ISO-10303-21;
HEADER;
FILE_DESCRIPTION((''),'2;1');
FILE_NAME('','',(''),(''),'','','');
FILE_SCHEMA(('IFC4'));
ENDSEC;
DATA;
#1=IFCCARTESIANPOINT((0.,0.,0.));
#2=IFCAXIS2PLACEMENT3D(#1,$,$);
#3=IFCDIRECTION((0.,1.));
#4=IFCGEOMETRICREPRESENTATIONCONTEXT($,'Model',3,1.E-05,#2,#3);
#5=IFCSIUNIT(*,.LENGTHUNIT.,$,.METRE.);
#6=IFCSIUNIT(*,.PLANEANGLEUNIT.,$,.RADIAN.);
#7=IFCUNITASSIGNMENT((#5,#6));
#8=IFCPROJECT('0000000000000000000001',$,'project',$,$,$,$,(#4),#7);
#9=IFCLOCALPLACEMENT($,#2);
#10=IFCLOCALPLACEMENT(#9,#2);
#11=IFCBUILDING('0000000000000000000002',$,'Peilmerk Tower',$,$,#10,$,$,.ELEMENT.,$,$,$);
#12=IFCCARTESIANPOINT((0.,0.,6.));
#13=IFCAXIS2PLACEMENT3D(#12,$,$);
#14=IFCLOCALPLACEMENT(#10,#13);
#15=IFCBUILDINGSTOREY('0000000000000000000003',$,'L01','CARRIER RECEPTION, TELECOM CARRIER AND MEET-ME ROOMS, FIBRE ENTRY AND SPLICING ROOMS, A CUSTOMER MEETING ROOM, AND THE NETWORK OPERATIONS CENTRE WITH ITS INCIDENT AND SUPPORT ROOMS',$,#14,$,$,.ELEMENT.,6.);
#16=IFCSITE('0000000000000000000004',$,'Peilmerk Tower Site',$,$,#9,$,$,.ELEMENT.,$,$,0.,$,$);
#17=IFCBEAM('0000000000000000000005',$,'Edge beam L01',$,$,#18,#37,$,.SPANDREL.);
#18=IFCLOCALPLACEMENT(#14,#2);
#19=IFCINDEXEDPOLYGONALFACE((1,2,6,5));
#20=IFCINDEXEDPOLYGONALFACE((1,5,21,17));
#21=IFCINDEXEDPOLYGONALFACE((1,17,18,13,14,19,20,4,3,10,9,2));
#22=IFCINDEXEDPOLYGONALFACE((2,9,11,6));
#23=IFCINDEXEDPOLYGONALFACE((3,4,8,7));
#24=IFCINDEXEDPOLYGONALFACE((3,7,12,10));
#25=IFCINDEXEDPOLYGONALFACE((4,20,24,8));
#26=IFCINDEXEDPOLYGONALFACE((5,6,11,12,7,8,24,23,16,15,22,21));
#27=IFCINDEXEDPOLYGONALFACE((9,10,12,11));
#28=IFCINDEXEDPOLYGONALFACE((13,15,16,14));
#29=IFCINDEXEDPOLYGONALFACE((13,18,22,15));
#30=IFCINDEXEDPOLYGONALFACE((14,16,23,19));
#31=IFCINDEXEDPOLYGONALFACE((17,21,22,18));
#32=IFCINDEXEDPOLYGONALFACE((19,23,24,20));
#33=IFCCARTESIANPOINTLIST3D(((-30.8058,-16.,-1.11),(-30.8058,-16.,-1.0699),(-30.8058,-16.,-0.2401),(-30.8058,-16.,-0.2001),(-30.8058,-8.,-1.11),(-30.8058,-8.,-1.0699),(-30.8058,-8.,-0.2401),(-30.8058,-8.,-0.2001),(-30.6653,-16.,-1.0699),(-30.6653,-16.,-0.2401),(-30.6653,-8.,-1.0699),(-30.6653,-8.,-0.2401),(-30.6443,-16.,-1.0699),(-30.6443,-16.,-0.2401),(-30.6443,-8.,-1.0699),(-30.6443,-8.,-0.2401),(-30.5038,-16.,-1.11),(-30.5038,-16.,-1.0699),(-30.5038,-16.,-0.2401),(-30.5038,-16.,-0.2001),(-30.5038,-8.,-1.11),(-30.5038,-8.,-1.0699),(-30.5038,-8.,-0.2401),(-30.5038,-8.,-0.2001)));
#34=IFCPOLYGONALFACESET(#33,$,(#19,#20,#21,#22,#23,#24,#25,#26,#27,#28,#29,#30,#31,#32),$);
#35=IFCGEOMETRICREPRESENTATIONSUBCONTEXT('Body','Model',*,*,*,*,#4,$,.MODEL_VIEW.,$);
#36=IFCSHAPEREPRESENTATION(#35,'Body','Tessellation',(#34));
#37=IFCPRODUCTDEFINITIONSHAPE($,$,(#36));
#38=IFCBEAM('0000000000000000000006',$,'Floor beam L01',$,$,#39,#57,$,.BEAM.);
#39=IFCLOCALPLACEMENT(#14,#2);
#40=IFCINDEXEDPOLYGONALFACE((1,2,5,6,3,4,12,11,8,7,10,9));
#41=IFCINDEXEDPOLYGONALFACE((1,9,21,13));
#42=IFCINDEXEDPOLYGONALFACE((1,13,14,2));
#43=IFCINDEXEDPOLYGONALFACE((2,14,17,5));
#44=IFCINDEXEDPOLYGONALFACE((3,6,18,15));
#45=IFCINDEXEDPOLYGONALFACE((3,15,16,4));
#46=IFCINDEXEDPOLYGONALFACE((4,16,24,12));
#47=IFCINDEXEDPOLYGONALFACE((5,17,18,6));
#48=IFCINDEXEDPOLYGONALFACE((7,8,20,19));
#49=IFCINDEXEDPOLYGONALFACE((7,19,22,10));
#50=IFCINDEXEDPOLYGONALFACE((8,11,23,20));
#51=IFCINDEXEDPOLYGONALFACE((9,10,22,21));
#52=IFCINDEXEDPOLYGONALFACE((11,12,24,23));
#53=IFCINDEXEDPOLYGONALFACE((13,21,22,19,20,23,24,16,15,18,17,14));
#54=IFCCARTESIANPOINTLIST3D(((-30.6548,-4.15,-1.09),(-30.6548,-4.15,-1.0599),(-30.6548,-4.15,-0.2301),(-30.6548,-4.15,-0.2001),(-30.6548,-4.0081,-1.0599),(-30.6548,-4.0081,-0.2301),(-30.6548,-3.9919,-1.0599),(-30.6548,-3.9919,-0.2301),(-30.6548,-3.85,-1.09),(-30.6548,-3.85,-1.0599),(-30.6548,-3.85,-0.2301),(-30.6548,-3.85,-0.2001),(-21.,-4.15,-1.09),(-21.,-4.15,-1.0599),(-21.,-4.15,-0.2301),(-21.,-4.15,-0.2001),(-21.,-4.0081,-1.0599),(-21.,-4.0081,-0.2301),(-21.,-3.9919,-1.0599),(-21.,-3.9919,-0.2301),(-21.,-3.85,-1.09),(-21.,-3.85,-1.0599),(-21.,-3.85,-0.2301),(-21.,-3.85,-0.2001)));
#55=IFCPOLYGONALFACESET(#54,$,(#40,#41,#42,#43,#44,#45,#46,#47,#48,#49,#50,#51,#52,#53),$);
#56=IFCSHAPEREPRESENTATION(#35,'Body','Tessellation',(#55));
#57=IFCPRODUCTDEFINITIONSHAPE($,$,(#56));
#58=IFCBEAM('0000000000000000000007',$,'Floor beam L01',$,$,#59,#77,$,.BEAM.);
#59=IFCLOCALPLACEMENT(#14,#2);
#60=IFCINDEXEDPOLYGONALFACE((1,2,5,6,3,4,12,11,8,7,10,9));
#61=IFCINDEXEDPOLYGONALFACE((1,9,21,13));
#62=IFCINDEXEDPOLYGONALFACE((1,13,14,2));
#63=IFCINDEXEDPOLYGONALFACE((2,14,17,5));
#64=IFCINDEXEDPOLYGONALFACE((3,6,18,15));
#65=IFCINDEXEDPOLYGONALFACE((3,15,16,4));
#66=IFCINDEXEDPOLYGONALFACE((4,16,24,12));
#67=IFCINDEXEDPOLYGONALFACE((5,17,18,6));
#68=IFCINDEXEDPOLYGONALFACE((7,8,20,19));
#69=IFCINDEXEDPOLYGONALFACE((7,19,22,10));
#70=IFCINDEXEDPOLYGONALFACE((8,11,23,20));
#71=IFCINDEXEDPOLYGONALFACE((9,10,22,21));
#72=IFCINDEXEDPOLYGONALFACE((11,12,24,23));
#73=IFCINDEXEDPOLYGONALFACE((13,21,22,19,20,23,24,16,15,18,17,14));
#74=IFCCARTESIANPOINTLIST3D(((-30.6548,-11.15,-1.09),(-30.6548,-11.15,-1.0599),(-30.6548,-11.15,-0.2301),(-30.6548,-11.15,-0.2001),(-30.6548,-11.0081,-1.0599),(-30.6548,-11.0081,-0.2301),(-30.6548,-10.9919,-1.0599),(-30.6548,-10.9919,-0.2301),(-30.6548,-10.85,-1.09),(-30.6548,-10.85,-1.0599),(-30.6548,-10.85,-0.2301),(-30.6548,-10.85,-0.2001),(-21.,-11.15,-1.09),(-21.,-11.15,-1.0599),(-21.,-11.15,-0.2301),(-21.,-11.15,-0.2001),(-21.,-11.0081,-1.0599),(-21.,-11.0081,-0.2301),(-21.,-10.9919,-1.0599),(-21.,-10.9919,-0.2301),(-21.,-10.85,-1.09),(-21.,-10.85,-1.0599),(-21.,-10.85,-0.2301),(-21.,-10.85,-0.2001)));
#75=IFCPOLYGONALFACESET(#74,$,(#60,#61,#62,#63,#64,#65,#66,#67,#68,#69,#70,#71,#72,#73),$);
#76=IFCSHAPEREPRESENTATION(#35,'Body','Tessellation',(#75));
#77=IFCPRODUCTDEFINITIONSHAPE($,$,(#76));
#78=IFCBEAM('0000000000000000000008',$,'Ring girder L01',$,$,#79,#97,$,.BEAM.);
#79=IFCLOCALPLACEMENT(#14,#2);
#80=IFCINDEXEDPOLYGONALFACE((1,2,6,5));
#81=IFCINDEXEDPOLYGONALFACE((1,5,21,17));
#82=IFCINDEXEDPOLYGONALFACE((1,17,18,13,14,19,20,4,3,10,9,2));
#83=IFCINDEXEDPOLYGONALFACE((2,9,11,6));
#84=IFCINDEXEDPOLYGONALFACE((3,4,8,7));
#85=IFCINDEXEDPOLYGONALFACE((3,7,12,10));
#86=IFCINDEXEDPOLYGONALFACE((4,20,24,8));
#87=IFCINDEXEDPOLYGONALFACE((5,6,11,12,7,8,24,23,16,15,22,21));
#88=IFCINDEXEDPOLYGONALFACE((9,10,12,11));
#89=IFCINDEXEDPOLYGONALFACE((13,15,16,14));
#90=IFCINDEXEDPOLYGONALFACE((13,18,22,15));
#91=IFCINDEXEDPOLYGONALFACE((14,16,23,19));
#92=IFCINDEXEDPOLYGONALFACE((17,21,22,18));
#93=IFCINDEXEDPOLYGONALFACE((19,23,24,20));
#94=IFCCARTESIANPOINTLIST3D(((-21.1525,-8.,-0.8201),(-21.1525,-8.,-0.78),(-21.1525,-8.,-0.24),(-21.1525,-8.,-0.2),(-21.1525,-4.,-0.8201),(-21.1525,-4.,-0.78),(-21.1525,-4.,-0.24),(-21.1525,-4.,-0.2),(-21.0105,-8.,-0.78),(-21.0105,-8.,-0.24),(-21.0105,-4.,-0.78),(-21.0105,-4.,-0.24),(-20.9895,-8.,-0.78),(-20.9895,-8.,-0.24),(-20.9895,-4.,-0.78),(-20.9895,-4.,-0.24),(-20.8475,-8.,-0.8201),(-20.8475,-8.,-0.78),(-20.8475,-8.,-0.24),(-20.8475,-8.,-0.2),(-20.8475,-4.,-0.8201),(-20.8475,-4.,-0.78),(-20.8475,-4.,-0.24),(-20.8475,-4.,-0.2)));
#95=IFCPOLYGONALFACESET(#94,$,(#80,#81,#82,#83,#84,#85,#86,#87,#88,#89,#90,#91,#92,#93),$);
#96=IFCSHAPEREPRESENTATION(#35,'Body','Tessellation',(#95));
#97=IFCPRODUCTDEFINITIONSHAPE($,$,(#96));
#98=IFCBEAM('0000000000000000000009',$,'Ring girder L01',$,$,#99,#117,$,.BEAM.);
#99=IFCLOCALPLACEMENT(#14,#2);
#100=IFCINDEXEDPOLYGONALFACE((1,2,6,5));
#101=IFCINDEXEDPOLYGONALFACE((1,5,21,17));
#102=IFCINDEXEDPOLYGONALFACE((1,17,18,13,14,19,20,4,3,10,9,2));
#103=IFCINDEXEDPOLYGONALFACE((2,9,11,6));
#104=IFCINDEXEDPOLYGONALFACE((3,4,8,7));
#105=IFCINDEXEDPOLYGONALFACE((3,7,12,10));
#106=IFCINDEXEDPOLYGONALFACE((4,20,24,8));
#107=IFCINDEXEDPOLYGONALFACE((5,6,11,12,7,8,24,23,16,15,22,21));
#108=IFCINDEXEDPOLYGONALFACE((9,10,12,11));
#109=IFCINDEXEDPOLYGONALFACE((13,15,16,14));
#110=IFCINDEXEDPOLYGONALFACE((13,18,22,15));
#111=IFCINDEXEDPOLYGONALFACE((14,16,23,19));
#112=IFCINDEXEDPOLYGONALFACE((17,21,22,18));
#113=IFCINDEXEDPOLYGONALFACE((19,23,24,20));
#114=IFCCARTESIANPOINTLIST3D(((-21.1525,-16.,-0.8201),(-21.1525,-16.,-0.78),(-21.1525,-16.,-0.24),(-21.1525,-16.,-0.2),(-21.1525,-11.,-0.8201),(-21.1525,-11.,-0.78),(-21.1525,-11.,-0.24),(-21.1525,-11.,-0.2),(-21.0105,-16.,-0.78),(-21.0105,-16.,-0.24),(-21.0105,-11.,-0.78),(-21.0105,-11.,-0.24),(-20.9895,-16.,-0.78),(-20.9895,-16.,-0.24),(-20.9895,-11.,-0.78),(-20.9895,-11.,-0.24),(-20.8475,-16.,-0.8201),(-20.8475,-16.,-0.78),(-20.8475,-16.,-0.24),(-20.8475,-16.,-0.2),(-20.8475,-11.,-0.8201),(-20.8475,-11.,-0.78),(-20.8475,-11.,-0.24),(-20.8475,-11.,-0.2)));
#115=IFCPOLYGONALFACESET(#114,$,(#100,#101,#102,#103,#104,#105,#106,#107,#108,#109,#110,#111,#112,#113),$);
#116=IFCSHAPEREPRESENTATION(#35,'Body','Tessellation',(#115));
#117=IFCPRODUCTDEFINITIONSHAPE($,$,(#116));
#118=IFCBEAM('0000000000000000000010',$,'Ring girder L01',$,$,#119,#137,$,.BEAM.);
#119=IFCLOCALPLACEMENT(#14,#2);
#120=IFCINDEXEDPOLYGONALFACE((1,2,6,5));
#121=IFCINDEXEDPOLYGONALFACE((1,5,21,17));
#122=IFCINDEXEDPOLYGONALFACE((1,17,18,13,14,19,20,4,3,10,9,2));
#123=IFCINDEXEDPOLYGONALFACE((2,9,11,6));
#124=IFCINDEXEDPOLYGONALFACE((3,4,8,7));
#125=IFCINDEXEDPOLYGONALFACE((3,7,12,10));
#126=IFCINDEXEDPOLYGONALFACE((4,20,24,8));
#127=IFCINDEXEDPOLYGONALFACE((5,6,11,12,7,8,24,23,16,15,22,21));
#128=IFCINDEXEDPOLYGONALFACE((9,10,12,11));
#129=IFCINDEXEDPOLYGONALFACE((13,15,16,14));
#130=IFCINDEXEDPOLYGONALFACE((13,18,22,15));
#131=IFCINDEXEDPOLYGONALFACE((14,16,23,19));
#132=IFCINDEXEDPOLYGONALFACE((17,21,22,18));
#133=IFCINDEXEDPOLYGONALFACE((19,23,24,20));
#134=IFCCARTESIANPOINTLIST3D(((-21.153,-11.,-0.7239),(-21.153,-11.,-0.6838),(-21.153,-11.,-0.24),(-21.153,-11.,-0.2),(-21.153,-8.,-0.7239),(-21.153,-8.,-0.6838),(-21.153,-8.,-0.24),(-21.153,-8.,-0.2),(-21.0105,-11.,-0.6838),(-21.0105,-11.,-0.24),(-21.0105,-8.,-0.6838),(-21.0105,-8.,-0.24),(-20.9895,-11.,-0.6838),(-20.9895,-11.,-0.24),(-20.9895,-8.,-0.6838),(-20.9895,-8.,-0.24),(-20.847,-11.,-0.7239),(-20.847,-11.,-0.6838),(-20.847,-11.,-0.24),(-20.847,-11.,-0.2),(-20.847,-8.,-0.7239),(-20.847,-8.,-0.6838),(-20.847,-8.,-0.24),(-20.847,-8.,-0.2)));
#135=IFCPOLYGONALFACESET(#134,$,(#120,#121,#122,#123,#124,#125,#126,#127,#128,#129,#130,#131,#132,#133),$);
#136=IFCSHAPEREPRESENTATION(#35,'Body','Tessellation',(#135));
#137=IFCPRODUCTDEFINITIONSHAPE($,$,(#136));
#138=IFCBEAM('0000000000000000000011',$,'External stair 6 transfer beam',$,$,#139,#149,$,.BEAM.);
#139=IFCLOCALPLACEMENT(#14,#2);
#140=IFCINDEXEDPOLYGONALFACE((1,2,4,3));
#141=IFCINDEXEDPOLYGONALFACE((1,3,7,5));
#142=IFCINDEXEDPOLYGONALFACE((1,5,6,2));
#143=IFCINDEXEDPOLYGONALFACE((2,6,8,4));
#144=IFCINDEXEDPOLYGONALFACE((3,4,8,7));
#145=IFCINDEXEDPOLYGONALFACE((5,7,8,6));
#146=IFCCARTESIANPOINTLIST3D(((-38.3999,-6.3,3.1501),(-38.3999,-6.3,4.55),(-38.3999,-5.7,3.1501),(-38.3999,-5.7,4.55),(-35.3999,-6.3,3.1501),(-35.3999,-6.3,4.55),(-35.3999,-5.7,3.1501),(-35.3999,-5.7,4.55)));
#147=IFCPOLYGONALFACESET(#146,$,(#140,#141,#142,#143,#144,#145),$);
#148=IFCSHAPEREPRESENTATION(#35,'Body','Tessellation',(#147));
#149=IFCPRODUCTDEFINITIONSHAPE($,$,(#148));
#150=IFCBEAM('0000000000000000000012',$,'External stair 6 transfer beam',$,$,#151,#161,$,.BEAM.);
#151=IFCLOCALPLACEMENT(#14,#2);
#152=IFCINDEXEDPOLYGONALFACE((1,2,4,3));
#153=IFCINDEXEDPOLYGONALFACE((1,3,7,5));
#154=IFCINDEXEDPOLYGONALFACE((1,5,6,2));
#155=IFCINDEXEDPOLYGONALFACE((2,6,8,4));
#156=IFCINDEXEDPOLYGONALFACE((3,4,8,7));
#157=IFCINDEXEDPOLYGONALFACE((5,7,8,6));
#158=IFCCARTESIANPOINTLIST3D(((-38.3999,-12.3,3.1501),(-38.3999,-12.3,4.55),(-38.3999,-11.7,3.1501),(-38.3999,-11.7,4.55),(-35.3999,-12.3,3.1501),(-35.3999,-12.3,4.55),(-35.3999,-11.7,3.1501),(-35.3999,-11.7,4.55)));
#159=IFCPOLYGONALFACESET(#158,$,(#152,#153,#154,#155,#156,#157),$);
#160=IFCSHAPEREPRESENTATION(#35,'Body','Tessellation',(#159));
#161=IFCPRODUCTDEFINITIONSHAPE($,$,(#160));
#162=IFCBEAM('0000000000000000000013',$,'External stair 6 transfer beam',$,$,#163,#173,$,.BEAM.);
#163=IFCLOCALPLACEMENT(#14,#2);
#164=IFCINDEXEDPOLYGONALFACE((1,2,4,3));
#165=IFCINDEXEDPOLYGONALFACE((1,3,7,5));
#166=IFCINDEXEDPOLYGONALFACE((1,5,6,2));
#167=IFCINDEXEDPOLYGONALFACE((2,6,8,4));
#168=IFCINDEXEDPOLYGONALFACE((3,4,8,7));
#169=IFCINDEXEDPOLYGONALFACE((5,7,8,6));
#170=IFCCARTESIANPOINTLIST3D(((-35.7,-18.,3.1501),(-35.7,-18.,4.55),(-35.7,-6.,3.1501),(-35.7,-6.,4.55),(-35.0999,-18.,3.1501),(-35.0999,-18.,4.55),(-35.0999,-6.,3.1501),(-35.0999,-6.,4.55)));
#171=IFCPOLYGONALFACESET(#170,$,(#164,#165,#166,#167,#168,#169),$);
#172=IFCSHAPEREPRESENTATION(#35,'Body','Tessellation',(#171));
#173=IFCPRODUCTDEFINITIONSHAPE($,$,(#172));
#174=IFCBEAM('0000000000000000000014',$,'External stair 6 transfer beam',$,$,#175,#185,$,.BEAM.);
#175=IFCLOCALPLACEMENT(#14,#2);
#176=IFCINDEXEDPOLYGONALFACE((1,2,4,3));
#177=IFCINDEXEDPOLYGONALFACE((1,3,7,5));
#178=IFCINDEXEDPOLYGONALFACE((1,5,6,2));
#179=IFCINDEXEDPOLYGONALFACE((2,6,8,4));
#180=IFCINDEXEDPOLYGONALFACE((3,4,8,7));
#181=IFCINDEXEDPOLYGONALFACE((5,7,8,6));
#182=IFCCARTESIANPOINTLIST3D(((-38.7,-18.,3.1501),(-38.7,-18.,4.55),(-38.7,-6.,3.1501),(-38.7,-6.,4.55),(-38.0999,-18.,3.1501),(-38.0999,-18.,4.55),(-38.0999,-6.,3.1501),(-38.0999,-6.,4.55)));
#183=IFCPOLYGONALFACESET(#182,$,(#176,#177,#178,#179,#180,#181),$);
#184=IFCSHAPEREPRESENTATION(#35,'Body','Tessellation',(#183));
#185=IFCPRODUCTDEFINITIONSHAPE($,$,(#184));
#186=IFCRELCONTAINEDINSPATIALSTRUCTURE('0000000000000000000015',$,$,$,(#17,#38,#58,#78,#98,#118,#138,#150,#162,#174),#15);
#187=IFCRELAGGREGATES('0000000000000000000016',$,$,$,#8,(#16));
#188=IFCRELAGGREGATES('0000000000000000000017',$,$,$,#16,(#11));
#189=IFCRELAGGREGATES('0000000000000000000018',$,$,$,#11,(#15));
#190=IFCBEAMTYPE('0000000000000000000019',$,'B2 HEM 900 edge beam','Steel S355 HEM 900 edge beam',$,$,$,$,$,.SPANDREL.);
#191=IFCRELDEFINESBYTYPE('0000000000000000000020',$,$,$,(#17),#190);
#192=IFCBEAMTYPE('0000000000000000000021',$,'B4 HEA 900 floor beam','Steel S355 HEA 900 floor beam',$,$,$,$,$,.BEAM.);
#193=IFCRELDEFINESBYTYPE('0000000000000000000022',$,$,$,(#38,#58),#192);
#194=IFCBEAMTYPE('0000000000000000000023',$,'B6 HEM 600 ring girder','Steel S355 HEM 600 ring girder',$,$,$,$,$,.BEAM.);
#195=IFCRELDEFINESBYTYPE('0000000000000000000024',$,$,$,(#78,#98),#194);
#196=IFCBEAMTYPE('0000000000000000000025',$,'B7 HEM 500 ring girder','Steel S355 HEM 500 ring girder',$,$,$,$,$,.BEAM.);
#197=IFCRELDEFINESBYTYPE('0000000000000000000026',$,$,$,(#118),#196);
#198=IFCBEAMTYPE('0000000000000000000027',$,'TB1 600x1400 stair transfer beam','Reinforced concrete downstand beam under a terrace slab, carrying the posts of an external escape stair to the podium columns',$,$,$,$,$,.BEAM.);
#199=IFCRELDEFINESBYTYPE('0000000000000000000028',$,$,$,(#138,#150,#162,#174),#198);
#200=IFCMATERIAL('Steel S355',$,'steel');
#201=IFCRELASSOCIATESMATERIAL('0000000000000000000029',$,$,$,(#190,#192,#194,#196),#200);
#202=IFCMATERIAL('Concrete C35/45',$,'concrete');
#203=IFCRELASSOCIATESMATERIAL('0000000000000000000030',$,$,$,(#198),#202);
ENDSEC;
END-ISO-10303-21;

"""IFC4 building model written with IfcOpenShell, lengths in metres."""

from ifc_helpers import new_model, si_unit, direction, frame, origin, origin_2d, place, context, subcontext, project, spatial, rectangle, i_section, extrude, material, material_profile, profile_set, type_object, element, save


model = new_model("IFC4")

# Units and contexts
model_context = context("Model", 3, precision=1e-05, world=origin(), true_north=direction((0.0, 1.0)))
body_context = subcontext(model_context, "Body", "Model", "MODEL_VIEW")
ifc_project = project(units=[si_unit("LENGTHUNIT", "METRE"), si_unit("PLANEANGLEUNIT", "RADIAN")], contexts=[model_context])

# Site, building, storey
site_placement = place(None, origin())
site = spatial("IfcSite", under=ifc_project, at=site_placement, Name="Peilmerk Tower Site", CompositionType="ELEMENT", RefElevation=0.0)
building_placement = place(site_placement, origin())
building = spatial("IfcBuilding", under=site, at=building_placement, Name="Peilmerk Tower", CompositionType="ELEMENT")
storey_placement = place(building_placement, frame((0.0, 0.0, 6.0)))
storey = spatial("IfcBuildingStorey", under=building, at=storey_placement, Name="L01", Description="CARRIER RECEPTION, TELECOM CARRIER AND MEET-ME ROOMS, FIBRE ENTRY AND SPLICING ROOMS, A CUSTOMER MEETING ROOM, AND THE NETWORK OPERATIONS CENTRE WITH ITS INCIDENT AND SUPPORT ROOMS", CompositionType="ELEMENT", Elevation=6.0)

# Shared definitions
ifc_material_1 = material(Name="Steel S355", Category="steel")

# Beams
ifc_material_profile_1 = material_profile(ifc_material_1, i_section(OverallWidth=0.302, OverallDepth=0.9099, WebThickness=0.021, FlangeThickness=0.04, at=origin_2d()), Name="HEM 900")
ifc_profile_set_1 = profile_set([ifc_material_profile_1], Name="Steel S355")
beam_type_1 = type_object("IfcBeamType", Name="B2 HEM 900 edge beam", Description="Steel S355 HEM 900 edge beam", PredefinedType="SPANDREL", material=ifc_profile_set_1)
for number, where, z_axis, x_axis, name in (
    (1, (-30.6548, -8.0, -0.655), (0.0, -1.0, 0.0), (1.0, 0.0, 0.0), "Edge beam L01"),
):
    element("IfcBeam", number, at=place(storey_placement, frame(where, z_axis=z_axis, x_axis=x_axis)), inside=storey, type_object=beam_type_1, Name=name, PredefinedType="SPANDREL", context=body_context, shape_type="SweptSolid", body=[
        extrude(i_section(OverallWidth=0.302, OverallDepth=0.9099, WebThickness=0.021, FlangeThickness=0.04, at=origin_2d()), origin(), (0.0, 0.0, 1.0), 8.0),
    ])
ifc_material_profile_2 = material_profile(ifc_material_1, i_section(OverallWidth=0.3, OverallDepth=0.8899, WebThickness=0.0161, FlangeThickness=0.03, at=origin_2d()), Name="HEA 900")
ifc_profile_set_2 = profile_set([ifc_material_profile_2], Name="Steel S355")
beam_type_2 = type_object("IfcBeamType", Name="B4 HEA 900 floor beam", Description="Steel S355 HEA 900 floor beam", PredefinedType="BEAM", material=ifc_profile_set_2)
for number, where, z_axis, x_axis, name in (
    (2, (-21.0, -4.0, -0.645), (-1.0, 0.0, 0.0), (0.0, -1.0, 0.0), "Floor beam L01"),
    (3, (-21.0, -11.0, -0.645), (-1.0, 0.0, 0.0), (0.0, -1.0, 0.0), "Floor beam L01"),
):
    element("IfcBeam", number, at=place(storey_placement, frame(where, z_axis=z_axis, x_axis=x_axis)), inside=storey, type_object=beam_type_2, Name=name, PredefinedType="BEAM", context=body_context, shape_type="SweptSolid", body=[
        extrude(i_section(OverallWidth=0.3, OverallDepth=0.8899, WebThickness=0.0161, FlangeThickness=0.03, at=origin_2d()), origin(), (0.0, 0.0, 1.0), 9.6548),
    ])
ifc_material_profile_3 = material_profile(ifc_material_1, i_section(OverallWidth=0.3049, OverallDepth=0.6201, WebThickness=0.021, FlangeThickness=0.04, at=origin_2d()), Name="HEM 600")
ifc_profile_set_3 = profile_set([ifc_material_profile_3], Name="Steel S355")
beam_type_3 = type_object("IfcBeamType", Name="B6 HEM 600 ring girder", Description="Steel S355 HEM 600 ring girder", PredefinedType="BEAM", material=ifc_profile_set_3)
beam_1_placement = place(storey_placement, frame((-21.0, -4.0, -0.51), z_axis=(0.0, -1.0, 0.0), x_axis=(1.0, 0.0, 0.0)))
element("IfcBeam", 4, at=beam_1_placement, inside=storey, type_object=beam_type_3, Name="Ring girder L01", PredefinedType="BEAM", context=body_context, shape_type="SweptSolid", body=[
    extrude(i_section(OverallWidth=0.3049, OverallDepth=0.6201, WebThickness=0.021, FlangeThickness=0.04, at=origin_2d()), origin(), (0.0, 0.0, 1.0), 4.0),
])
beam_2_placement = place(storey_placement, frame((-21.0, -11.0, -0.51), z_axis=(0.0, -1.0, 0.0), x_axis=(1.0, 0.0, 0.0)))
element("IfcBeam", 5, at=beam_2_placement, inside=storey, type_object=beam_type_3, Name="Ring girder L01", PredefinedType="BEAM", context=body_context, shape_type="SweptSolid", body=[
    extrude(i_section(OverallWidth=0.3049, OverallDepth=0.6201, WebThickness=0.021, FlangeThickness=0.04, at=origin_2d()), origin(), (0.0, 0.0, 1.0), 5.0),
])
ifc_material_profile_4 = material_profile(ifc_material_1, i_section(OverallWidth=0.3059, OverallDepth=0.5239, WebThickness=0.021, FlangeThickness=0.04, at=origin_2d()), Name="HEM 500")
ifc_profile_set_4 = profile_set([ifc_material_profile_4], Name="Steel S355")
beam_type_4 = type_object("IfcBeamType", Name="B7 HEM 500 ring girder", Description="Steel S355 HEM 500 ring girder", PredefinedType="BEAM", material=ifc_profile_set_4)
beam_3_placement = place(storey_placement, frame((-21.0, -8.0, -0.4619), z_axis=(0.0, -1.0, 0.0), x_axis=(1.0, 0.0, 0.0)))
element("IfcBeam", 6, at=beam_3_placement, inside=storey, type_object=beam_type_4, Name="Ring girder L01", PredefinedType="BEAM", context=body_context, shape_type="SweptSolid", body=[
    extrude(i_section(OverallWidth=0.3059, OverallDepth=0.5239, WebThickness=0.021, FlangeThickness=0.04, at=origin_2d()), origin(), (0.0, 0.0, 1.0), 3.0),
])
ifc_material_2 = material(Name="Concrete C35/45", Category="concrete")
ifc_material_profile_5 = material_profile(ifc_material_2, rectangle(XDim=0.6001, YDim=1.3999, at=origin_2d()), Name="RC 600x1400")
ifc_profile_set_5 = profile_set([ifc_material_profile_5], Name="Concrete C35/45")
beam_type_5 = type_object("IfcBeamType", Name="TB1 600x1400 stair transfer beam", Description="Reinforced concrete downstand beam under a terrace slab, carrying the posts of an external escape stair to the podium columns", PredefinedType="BEAM", material=ifc_profile_set_5)
for number, where, z_axis, x_axis, name in (
    (7, (-35.3999, -6.0, 3.8501), (-1.0, 0.0, 0.0), (0.0, -1.0, 0.0), "External stair 6 transfer beam"),
    (8, (-35.3999, -12.0, 3.8501), (-1.0, 0.0, 0.0), (0.0, -1.0, 0.0), "External stair 6 transfer beam"),
):
    element("IfcBeam", number, at=place(storey_placement, frame(where, z_axis=z_axis, x_axis=x_axis)), inside=storey, type_object=beam_type_5, Name=name, PredefinedType="BEAM", context=body_context, shape_type="SweptSolid", body=[
        extrude(rectangle(XDim=0.6001, YDim=1.3999, at=origin_2d()), origin(), (0.0, 0.0, 1.0), 3.0),
    ])
for number, where, z_axis, x_axis, name in (
    (9, (-35.3999, -6.0, 3.8501), (0.0, -1.0, 0.0), (1.0, 0.0, 0.0), "External stair 6 transfer beam"),
    (10, (-38.3999, -6.0, 3.8501), (0.0, -1.0, 0.0), (1.0, 0.0, 0.0), "External stair 6 transfer beam"),
):
    element("IfcBeam", number, at=place(storey_placement, frame(where, z_axis=z_axis, x_axis=x_axis)), inside=storey, type_object=beam_type_5, Name=name, PredefinedType="BEAM", context=body_context, shape_type="SweptSolid", body=[
        extrude(rectangle(XDim=0.6001, YDim=1.3999, at=origin_2d()), origin(), (0.0, 0.0, 1.0), 12.0),
    ])

save(model, "model.ifc")
